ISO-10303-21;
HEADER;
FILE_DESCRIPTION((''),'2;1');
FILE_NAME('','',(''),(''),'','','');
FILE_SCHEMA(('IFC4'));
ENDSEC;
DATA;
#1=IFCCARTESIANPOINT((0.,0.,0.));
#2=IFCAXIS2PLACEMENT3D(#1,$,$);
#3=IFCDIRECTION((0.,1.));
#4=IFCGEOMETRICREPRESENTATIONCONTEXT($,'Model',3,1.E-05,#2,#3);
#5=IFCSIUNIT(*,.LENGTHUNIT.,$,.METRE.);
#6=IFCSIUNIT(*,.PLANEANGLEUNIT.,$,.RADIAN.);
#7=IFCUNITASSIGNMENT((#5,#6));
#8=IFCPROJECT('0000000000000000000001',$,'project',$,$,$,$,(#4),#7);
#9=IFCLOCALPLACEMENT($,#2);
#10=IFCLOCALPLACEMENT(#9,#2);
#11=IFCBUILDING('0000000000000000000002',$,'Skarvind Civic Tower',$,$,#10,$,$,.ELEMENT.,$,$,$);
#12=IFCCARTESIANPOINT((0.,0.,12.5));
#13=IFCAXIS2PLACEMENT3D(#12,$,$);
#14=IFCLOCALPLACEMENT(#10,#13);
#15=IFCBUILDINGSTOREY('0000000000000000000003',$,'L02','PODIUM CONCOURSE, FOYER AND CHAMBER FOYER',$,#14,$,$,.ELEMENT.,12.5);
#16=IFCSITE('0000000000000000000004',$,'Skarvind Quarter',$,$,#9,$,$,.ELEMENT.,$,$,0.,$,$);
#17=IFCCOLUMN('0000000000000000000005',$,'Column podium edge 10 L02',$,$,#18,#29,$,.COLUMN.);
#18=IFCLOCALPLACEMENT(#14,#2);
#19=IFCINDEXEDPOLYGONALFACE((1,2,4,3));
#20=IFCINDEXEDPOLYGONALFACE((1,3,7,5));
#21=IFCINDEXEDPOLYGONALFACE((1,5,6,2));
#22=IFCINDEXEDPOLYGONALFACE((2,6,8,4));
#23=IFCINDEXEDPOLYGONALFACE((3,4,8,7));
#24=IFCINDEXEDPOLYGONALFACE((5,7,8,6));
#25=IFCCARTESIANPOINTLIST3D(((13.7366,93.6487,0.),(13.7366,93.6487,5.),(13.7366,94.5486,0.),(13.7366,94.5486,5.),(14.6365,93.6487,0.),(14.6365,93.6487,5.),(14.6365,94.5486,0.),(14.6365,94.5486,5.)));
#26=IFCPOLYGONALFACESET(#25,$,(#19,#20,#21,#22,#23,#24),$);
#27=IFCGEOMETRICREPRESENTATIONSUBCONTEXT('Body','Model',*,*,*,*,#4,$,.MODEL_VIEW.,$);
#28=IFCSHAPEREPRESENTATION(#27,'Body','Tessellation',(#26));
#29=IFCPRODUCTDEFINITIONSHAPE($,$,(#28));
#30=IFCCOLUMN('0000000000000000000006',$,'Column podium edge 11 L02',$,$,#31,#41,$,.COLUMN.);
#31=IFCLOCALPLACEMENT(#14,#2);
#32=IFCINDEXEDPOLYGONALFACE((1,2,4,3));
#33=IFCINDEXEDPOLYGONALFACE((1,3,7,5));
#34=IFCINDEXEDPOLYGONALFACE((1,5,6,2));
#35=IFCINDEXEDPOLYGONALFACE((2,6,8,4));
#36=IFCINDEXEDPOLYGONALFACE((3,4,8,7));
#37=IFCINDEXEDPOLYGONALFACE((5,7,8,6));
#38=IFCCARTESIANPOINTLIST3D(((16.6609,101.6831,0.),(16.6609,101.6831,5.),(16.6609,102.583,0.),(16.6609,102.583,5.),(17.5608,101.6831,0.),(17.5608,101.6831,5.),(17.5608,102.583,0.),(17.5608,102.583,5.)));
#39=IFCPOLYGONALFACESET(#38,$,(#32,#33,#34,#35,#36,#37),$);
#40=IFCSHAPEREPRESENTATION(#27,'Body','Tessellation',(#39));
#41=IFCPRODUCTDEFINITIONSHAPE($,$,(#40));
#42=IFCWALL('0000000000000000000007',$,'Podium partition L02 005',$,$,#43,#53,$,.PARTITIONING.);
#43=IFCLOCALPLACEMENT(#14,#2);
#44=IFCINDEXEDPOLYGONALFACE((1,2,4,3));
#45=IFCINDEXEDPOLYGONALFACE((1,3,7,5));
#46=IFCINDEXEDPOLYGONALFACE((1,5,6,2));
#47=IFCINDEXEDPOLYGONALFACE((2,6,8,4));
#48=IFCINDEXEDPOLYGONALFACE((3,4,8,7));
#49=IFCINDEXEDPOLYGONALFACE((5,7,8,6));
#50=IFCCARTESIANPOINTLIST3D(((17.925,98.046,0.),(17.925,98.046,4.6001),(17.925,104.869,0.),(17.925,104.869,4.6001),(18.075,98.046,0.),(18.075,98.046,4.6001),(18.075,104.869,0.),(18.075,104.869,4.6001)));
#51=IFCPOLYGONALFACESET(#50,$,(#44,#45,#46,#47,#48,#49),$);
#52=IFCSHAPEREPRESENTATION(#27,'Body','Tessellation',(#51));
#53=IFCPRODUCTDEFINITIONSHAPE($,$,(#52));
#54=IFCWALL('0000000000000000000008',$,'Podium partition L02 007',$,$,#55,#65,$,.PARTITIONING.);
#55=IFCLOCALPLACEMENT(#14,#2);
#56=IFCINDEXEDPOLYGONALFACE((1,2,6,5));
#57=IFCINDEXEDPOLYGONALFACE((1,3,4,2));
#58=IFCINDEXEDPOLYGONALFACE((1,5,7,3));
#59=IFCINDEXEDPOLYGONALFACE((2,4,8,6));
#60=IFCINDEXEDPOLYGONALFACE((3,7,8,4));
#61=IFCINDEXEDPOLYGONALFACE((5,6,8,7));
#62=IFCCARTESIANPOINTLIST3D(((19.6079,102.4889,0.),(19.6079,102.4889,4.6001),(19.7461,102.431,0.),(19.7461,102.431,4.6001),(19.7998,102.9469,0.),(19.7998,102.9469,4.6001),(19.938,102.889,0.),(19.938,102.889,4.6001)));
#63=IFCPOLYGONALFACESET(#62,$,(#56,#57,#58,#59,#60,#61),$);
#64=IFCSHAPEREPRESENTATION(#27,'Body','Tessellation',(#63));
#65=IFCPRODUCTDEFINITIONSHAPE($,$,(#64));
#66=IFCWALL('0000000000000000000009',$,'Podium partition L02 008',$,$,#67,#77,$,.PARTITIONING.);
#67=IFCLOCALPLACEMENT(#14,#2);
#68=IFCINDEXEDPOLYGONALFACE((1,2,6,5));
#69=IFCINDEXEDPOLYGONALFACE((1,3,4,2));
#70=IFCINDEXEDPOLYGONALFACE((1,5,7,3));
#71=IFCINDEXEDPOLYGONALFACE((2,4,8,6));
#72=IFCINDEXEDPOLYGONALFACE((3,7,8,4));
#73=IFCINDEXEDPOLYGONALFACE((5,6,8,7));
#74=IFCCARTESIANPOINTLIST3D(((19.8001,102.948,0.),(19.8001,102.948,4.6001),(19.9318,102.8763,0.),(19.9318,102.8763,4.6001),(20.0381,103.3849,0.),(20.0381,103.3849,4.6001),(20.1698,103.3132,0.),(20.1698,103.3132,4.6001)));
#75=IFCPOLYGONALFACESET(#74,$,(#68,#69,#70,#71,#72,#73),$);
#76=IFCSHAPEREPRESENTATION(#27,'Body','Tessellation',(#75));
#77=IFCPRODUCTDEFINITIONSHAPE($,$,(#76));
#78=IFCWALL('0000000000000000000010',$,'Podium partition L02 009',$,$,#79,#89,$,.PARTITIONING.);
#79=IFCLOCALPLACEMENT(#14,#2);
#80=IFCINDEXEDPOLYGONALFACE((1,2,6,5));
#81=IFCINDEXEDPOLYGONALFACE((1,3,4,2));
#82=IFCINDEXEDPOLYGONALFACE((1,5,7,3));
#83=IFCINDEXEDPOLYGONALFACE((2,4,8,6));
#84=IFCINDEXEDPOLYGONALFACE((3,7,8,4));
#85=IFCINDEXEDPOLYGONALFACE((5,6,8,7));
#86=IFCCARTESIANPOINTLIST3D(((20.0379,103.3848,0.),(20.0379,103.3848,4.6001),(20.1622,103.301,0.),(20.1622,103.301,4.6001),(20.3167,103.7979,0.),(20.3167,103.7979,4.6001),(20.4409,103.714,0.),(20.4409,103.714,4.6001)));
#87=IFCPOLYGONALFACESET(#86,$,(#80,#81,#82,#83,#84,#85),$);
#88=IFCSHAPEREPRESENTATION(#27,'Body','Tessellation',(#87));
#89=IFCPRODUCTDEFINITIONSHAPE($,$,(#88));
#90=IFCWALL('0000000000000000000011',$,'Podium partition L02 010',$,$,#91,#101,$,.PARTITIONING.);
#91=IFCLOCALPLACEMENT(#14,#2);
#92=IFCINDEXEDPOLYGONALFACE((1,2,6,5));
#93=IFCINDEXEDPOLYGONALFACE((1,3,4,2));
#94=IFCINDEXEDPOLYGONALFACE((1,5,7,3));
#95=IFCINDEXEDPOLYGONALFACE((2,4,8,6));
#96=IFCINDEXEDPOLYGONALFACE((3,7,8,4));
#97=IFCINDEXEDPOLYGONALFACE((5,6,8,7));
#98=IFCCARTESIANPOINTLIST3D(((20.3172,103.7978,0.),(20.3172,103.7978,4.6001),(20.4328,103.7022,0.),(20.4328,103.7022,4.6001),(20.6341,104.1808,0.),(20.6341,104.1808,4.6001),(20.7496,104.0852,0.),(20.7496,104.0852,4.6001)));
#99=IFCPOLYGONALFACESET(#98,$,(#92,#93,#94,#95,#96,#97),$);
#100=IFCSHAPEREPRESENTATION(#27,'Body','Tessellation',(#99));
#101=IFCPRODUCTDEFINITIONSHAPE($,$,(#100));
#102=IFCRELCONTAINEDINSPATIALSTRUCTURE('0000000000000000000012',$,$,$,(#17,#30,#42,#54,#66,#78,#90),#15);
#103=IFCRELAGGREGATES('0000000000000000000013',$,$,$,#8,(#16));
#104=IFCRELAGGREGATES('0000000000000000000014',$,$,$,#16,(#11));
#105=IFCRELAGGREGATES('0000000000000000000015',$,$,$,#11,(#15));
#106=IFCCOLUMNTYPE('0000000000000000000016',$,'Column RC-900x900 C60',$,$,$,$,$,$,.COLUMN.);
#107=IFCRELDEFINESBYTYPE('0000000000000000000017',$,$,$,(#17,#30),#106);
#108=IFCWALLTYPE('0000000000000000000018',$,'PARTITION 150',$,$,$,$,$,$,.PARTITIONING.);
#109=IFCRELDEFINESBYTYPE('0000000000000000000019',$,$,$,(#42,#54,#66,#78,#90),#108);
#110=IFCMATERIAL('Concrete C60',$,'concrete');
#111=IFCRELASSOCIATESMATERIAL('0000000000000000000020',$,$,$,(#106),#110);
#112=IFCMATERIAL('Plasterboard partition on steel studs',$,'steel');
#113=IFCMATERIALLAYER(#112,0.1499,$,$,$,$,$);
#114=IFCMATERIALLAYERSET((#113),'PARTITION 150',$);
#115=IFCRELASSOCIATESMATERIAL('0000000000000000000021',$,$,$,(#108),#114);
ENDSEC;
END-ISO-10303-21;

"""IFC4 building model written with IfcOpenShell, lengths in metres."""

from ifc_helpers import new_model, si_unit, direction, frame, frame_2d, origin, origin_2d, place, context, subcontext, project, spatial, rectangle, extrude, material, layer, layer_set, material_profile, profile_set, type_object, element, save


model = new_model("IFC4")

# Units and contexts
model_context = context("Model", 3, precision=1e-05, world=origin(), true_north=direction((0.0, 1.0)))
body_context = subcontext(model_context, "Body", "Model", "MODEL_VIEW")
ifc_project = project(units=[si_unit("LENGTHUNIT", "METRE"), si_unit("PLANEANGLEUNIT", "RADIAN")], contexts=[model_context])

# Site, building, storey
site_placement = place(None, origin())
site = spatial("IfcSite", under=ifc_project, at=site_placement, Name="Skarvind Quarter", CompositionType="ELEMENT", RefElevation=0.0)
building_placement = place(site_placement, origin())
building = spatial("IfcBuilding", under=site, at=building_placement, Name="Skarvind Civic Tower", CompositionType="ELEMENT")
storey_placement = place(building_placement, frame((0.0, 0.0, 12.5)))
storey = spatial("IfcBuildingStorey", under=building, at=storey_placement, Name="L02", Description="PODIUM CONCOURSE, FOYER AND CHAMBER FOYER", CompositionType="ELEMENT", Elevation=12.5)

# Columns
ifc_material_1 = material(Name="Concrete C60", Category="concrete")
ifc_material_profile = material_profile(ifc_material_1, rectangle(XDim=0.8999, YDim=0.8999, at=origin_2d()), Name="RC-900x900")
ifc_profile_set = profile_set([ifc_material_profile], Name="Concrete C60")
column_type = type_object("IfcColumnType", Name="Column RC-900x900 C60", PredefinedType="COLUMN", material=ifc_profile_set)
for number, where, z_axis, x_axis, name in (
    (1, (14.1865, 94.0986, 0.0), (0.0, 0.0, 1.0), (1.0, 0.0, 0.0), "Column podium edge 10 L02"),
    (2, (17.1108, 102.1331, 0.0), (0.0, 0.0, 1.0), (1.0, 0.0, 0.0), "Column podium edge 11 L02"),
):
    element("IfcColumn", number, at=place(storey_placement, frame(where, z_axis=z_axis, x_axis=x_axis)), inside=storey, type_object=column_type, Name=name, PredefinedType="COLUMN", context=body_context, shape_type="SweptSolid", body=[
        extrude(rectangle(XDim=0.8999, YDim=0.8999, at=origin_2d()), origin(), (0.0, 0.0, 1.0), 5.0),
    ])

# Walls
ifc_material_2 = material(Name="Plasterboard partition on steel studs", Category="steel")
ifc_layer = layer(ifc_material_2, 0.1499)
ifc_layer_set = layer_set([ifc_layer], Name="PARTITION 150")
wall_type = type_object("IfcWallType", Name="PARTITION 150", PredefinedType="PARTITIONING", material=ifc_layer_set)
wall_1_placement = place(storey_placement, frame((18.0, 98.0459, 0.0), z_axis=(0.0, 0.0, 1.0), x_axis=(0.0, 1.0, 0.0)))
element("IfcWall", 3, at=wall_1_placement, inside=storey, type_object=wall_type, Name="Podium partition L02 005", PredefinedType="PARTITIONING", context=body_context, shape_type="SweptSolid", body=[
    extrude(rectangle(XDim=6.823, YDim=0.1499, at=frame_2d((3.4116, 0.0))), origin(), (0.0, 0.0, 1.0), 4.6001),
])
wall_2_placement = place(storey_placement, frame((19.677, 102.46, 0.0), z_axis=(0.0, 0.0, 1.0), x_axis=(0.38643, 0.922319, 0.0)))
element("IfcWall", 4, at=wall_2_placement, inside=storey, type_object=wall_type, Name="Podium partition L02 007", PredefinedType="PARTITIONING", context=body_context, shape_type="SweptSolid", body=[
    extrude(rectangle(XDim=0.4966, YDim=0.1499, at=frame_2d((0.2483, 0.0))), origin(), (0.0, 0.0, 1.0), 4.6001),
])
wall_3_placement = place(storey_placement, frame((19.866, 102.9121, 0.0), z_axis=(0.0, 0.0, 1.0), x_axis=(0.478336, 0.878177, 0.0)))
element("IfcWall", 5, at=wall_3_placement, inside=storey, type_object=wall_type, Name="Podium partition L02 008", PredefinedType="PARTITIONING", context=body_context, shape_type="SweptSolid", body=[
    extrude(rectangle(XDim=0.4976, YDim=0.1499, at=frame_2d((0.2488, 0.0))), origin(), (0.0, 0.0, 1.0), 4.6001),
])
wall_4_placement = place(storey_placement, frame((20.1001, 103.343, 0.0), z_axis=(0.0, 0.0, 1.0), x_axis=(0.559439, 0.828871, 0.0)))
element("IfcWall", 6, at=wall_4_placement, inside=storey, type_object=wall_type, Name="Podium partition L02 009", PredefinedType="PARTITIONING", context=body_context, shape_type="SweptSolid", body=[
    extrude(rectangle(XDim=0.4983, YDim=0.1499, at=frame_2d((0.249, 0.0))), origin(), (0.0, 0.0, 1.0), 4.6001),
])
wall_5_placement = place(storey_placement, frame((20.375, 103.75, 0.0), z_axis=(0.0, 0.0, 1.0), x_axis=(0.637427, 0.770511, 0.0)))
element("IfcWall", 7, at=wall_5_placement, inside=storey, type_object=wall_type, Name="Podium partition L02 010", PredefinedType="PARTITIONING", context=body_context, shape_type="SweptSolid", body=[
    extrude(rectangle(XDim=0.4971, YDim=0.1499, at=frame_2d((0.2485, 0.0))), origin(), (0.0, 0.0, 1.0), 4.6001),
])

save(model, "model.ifc")
